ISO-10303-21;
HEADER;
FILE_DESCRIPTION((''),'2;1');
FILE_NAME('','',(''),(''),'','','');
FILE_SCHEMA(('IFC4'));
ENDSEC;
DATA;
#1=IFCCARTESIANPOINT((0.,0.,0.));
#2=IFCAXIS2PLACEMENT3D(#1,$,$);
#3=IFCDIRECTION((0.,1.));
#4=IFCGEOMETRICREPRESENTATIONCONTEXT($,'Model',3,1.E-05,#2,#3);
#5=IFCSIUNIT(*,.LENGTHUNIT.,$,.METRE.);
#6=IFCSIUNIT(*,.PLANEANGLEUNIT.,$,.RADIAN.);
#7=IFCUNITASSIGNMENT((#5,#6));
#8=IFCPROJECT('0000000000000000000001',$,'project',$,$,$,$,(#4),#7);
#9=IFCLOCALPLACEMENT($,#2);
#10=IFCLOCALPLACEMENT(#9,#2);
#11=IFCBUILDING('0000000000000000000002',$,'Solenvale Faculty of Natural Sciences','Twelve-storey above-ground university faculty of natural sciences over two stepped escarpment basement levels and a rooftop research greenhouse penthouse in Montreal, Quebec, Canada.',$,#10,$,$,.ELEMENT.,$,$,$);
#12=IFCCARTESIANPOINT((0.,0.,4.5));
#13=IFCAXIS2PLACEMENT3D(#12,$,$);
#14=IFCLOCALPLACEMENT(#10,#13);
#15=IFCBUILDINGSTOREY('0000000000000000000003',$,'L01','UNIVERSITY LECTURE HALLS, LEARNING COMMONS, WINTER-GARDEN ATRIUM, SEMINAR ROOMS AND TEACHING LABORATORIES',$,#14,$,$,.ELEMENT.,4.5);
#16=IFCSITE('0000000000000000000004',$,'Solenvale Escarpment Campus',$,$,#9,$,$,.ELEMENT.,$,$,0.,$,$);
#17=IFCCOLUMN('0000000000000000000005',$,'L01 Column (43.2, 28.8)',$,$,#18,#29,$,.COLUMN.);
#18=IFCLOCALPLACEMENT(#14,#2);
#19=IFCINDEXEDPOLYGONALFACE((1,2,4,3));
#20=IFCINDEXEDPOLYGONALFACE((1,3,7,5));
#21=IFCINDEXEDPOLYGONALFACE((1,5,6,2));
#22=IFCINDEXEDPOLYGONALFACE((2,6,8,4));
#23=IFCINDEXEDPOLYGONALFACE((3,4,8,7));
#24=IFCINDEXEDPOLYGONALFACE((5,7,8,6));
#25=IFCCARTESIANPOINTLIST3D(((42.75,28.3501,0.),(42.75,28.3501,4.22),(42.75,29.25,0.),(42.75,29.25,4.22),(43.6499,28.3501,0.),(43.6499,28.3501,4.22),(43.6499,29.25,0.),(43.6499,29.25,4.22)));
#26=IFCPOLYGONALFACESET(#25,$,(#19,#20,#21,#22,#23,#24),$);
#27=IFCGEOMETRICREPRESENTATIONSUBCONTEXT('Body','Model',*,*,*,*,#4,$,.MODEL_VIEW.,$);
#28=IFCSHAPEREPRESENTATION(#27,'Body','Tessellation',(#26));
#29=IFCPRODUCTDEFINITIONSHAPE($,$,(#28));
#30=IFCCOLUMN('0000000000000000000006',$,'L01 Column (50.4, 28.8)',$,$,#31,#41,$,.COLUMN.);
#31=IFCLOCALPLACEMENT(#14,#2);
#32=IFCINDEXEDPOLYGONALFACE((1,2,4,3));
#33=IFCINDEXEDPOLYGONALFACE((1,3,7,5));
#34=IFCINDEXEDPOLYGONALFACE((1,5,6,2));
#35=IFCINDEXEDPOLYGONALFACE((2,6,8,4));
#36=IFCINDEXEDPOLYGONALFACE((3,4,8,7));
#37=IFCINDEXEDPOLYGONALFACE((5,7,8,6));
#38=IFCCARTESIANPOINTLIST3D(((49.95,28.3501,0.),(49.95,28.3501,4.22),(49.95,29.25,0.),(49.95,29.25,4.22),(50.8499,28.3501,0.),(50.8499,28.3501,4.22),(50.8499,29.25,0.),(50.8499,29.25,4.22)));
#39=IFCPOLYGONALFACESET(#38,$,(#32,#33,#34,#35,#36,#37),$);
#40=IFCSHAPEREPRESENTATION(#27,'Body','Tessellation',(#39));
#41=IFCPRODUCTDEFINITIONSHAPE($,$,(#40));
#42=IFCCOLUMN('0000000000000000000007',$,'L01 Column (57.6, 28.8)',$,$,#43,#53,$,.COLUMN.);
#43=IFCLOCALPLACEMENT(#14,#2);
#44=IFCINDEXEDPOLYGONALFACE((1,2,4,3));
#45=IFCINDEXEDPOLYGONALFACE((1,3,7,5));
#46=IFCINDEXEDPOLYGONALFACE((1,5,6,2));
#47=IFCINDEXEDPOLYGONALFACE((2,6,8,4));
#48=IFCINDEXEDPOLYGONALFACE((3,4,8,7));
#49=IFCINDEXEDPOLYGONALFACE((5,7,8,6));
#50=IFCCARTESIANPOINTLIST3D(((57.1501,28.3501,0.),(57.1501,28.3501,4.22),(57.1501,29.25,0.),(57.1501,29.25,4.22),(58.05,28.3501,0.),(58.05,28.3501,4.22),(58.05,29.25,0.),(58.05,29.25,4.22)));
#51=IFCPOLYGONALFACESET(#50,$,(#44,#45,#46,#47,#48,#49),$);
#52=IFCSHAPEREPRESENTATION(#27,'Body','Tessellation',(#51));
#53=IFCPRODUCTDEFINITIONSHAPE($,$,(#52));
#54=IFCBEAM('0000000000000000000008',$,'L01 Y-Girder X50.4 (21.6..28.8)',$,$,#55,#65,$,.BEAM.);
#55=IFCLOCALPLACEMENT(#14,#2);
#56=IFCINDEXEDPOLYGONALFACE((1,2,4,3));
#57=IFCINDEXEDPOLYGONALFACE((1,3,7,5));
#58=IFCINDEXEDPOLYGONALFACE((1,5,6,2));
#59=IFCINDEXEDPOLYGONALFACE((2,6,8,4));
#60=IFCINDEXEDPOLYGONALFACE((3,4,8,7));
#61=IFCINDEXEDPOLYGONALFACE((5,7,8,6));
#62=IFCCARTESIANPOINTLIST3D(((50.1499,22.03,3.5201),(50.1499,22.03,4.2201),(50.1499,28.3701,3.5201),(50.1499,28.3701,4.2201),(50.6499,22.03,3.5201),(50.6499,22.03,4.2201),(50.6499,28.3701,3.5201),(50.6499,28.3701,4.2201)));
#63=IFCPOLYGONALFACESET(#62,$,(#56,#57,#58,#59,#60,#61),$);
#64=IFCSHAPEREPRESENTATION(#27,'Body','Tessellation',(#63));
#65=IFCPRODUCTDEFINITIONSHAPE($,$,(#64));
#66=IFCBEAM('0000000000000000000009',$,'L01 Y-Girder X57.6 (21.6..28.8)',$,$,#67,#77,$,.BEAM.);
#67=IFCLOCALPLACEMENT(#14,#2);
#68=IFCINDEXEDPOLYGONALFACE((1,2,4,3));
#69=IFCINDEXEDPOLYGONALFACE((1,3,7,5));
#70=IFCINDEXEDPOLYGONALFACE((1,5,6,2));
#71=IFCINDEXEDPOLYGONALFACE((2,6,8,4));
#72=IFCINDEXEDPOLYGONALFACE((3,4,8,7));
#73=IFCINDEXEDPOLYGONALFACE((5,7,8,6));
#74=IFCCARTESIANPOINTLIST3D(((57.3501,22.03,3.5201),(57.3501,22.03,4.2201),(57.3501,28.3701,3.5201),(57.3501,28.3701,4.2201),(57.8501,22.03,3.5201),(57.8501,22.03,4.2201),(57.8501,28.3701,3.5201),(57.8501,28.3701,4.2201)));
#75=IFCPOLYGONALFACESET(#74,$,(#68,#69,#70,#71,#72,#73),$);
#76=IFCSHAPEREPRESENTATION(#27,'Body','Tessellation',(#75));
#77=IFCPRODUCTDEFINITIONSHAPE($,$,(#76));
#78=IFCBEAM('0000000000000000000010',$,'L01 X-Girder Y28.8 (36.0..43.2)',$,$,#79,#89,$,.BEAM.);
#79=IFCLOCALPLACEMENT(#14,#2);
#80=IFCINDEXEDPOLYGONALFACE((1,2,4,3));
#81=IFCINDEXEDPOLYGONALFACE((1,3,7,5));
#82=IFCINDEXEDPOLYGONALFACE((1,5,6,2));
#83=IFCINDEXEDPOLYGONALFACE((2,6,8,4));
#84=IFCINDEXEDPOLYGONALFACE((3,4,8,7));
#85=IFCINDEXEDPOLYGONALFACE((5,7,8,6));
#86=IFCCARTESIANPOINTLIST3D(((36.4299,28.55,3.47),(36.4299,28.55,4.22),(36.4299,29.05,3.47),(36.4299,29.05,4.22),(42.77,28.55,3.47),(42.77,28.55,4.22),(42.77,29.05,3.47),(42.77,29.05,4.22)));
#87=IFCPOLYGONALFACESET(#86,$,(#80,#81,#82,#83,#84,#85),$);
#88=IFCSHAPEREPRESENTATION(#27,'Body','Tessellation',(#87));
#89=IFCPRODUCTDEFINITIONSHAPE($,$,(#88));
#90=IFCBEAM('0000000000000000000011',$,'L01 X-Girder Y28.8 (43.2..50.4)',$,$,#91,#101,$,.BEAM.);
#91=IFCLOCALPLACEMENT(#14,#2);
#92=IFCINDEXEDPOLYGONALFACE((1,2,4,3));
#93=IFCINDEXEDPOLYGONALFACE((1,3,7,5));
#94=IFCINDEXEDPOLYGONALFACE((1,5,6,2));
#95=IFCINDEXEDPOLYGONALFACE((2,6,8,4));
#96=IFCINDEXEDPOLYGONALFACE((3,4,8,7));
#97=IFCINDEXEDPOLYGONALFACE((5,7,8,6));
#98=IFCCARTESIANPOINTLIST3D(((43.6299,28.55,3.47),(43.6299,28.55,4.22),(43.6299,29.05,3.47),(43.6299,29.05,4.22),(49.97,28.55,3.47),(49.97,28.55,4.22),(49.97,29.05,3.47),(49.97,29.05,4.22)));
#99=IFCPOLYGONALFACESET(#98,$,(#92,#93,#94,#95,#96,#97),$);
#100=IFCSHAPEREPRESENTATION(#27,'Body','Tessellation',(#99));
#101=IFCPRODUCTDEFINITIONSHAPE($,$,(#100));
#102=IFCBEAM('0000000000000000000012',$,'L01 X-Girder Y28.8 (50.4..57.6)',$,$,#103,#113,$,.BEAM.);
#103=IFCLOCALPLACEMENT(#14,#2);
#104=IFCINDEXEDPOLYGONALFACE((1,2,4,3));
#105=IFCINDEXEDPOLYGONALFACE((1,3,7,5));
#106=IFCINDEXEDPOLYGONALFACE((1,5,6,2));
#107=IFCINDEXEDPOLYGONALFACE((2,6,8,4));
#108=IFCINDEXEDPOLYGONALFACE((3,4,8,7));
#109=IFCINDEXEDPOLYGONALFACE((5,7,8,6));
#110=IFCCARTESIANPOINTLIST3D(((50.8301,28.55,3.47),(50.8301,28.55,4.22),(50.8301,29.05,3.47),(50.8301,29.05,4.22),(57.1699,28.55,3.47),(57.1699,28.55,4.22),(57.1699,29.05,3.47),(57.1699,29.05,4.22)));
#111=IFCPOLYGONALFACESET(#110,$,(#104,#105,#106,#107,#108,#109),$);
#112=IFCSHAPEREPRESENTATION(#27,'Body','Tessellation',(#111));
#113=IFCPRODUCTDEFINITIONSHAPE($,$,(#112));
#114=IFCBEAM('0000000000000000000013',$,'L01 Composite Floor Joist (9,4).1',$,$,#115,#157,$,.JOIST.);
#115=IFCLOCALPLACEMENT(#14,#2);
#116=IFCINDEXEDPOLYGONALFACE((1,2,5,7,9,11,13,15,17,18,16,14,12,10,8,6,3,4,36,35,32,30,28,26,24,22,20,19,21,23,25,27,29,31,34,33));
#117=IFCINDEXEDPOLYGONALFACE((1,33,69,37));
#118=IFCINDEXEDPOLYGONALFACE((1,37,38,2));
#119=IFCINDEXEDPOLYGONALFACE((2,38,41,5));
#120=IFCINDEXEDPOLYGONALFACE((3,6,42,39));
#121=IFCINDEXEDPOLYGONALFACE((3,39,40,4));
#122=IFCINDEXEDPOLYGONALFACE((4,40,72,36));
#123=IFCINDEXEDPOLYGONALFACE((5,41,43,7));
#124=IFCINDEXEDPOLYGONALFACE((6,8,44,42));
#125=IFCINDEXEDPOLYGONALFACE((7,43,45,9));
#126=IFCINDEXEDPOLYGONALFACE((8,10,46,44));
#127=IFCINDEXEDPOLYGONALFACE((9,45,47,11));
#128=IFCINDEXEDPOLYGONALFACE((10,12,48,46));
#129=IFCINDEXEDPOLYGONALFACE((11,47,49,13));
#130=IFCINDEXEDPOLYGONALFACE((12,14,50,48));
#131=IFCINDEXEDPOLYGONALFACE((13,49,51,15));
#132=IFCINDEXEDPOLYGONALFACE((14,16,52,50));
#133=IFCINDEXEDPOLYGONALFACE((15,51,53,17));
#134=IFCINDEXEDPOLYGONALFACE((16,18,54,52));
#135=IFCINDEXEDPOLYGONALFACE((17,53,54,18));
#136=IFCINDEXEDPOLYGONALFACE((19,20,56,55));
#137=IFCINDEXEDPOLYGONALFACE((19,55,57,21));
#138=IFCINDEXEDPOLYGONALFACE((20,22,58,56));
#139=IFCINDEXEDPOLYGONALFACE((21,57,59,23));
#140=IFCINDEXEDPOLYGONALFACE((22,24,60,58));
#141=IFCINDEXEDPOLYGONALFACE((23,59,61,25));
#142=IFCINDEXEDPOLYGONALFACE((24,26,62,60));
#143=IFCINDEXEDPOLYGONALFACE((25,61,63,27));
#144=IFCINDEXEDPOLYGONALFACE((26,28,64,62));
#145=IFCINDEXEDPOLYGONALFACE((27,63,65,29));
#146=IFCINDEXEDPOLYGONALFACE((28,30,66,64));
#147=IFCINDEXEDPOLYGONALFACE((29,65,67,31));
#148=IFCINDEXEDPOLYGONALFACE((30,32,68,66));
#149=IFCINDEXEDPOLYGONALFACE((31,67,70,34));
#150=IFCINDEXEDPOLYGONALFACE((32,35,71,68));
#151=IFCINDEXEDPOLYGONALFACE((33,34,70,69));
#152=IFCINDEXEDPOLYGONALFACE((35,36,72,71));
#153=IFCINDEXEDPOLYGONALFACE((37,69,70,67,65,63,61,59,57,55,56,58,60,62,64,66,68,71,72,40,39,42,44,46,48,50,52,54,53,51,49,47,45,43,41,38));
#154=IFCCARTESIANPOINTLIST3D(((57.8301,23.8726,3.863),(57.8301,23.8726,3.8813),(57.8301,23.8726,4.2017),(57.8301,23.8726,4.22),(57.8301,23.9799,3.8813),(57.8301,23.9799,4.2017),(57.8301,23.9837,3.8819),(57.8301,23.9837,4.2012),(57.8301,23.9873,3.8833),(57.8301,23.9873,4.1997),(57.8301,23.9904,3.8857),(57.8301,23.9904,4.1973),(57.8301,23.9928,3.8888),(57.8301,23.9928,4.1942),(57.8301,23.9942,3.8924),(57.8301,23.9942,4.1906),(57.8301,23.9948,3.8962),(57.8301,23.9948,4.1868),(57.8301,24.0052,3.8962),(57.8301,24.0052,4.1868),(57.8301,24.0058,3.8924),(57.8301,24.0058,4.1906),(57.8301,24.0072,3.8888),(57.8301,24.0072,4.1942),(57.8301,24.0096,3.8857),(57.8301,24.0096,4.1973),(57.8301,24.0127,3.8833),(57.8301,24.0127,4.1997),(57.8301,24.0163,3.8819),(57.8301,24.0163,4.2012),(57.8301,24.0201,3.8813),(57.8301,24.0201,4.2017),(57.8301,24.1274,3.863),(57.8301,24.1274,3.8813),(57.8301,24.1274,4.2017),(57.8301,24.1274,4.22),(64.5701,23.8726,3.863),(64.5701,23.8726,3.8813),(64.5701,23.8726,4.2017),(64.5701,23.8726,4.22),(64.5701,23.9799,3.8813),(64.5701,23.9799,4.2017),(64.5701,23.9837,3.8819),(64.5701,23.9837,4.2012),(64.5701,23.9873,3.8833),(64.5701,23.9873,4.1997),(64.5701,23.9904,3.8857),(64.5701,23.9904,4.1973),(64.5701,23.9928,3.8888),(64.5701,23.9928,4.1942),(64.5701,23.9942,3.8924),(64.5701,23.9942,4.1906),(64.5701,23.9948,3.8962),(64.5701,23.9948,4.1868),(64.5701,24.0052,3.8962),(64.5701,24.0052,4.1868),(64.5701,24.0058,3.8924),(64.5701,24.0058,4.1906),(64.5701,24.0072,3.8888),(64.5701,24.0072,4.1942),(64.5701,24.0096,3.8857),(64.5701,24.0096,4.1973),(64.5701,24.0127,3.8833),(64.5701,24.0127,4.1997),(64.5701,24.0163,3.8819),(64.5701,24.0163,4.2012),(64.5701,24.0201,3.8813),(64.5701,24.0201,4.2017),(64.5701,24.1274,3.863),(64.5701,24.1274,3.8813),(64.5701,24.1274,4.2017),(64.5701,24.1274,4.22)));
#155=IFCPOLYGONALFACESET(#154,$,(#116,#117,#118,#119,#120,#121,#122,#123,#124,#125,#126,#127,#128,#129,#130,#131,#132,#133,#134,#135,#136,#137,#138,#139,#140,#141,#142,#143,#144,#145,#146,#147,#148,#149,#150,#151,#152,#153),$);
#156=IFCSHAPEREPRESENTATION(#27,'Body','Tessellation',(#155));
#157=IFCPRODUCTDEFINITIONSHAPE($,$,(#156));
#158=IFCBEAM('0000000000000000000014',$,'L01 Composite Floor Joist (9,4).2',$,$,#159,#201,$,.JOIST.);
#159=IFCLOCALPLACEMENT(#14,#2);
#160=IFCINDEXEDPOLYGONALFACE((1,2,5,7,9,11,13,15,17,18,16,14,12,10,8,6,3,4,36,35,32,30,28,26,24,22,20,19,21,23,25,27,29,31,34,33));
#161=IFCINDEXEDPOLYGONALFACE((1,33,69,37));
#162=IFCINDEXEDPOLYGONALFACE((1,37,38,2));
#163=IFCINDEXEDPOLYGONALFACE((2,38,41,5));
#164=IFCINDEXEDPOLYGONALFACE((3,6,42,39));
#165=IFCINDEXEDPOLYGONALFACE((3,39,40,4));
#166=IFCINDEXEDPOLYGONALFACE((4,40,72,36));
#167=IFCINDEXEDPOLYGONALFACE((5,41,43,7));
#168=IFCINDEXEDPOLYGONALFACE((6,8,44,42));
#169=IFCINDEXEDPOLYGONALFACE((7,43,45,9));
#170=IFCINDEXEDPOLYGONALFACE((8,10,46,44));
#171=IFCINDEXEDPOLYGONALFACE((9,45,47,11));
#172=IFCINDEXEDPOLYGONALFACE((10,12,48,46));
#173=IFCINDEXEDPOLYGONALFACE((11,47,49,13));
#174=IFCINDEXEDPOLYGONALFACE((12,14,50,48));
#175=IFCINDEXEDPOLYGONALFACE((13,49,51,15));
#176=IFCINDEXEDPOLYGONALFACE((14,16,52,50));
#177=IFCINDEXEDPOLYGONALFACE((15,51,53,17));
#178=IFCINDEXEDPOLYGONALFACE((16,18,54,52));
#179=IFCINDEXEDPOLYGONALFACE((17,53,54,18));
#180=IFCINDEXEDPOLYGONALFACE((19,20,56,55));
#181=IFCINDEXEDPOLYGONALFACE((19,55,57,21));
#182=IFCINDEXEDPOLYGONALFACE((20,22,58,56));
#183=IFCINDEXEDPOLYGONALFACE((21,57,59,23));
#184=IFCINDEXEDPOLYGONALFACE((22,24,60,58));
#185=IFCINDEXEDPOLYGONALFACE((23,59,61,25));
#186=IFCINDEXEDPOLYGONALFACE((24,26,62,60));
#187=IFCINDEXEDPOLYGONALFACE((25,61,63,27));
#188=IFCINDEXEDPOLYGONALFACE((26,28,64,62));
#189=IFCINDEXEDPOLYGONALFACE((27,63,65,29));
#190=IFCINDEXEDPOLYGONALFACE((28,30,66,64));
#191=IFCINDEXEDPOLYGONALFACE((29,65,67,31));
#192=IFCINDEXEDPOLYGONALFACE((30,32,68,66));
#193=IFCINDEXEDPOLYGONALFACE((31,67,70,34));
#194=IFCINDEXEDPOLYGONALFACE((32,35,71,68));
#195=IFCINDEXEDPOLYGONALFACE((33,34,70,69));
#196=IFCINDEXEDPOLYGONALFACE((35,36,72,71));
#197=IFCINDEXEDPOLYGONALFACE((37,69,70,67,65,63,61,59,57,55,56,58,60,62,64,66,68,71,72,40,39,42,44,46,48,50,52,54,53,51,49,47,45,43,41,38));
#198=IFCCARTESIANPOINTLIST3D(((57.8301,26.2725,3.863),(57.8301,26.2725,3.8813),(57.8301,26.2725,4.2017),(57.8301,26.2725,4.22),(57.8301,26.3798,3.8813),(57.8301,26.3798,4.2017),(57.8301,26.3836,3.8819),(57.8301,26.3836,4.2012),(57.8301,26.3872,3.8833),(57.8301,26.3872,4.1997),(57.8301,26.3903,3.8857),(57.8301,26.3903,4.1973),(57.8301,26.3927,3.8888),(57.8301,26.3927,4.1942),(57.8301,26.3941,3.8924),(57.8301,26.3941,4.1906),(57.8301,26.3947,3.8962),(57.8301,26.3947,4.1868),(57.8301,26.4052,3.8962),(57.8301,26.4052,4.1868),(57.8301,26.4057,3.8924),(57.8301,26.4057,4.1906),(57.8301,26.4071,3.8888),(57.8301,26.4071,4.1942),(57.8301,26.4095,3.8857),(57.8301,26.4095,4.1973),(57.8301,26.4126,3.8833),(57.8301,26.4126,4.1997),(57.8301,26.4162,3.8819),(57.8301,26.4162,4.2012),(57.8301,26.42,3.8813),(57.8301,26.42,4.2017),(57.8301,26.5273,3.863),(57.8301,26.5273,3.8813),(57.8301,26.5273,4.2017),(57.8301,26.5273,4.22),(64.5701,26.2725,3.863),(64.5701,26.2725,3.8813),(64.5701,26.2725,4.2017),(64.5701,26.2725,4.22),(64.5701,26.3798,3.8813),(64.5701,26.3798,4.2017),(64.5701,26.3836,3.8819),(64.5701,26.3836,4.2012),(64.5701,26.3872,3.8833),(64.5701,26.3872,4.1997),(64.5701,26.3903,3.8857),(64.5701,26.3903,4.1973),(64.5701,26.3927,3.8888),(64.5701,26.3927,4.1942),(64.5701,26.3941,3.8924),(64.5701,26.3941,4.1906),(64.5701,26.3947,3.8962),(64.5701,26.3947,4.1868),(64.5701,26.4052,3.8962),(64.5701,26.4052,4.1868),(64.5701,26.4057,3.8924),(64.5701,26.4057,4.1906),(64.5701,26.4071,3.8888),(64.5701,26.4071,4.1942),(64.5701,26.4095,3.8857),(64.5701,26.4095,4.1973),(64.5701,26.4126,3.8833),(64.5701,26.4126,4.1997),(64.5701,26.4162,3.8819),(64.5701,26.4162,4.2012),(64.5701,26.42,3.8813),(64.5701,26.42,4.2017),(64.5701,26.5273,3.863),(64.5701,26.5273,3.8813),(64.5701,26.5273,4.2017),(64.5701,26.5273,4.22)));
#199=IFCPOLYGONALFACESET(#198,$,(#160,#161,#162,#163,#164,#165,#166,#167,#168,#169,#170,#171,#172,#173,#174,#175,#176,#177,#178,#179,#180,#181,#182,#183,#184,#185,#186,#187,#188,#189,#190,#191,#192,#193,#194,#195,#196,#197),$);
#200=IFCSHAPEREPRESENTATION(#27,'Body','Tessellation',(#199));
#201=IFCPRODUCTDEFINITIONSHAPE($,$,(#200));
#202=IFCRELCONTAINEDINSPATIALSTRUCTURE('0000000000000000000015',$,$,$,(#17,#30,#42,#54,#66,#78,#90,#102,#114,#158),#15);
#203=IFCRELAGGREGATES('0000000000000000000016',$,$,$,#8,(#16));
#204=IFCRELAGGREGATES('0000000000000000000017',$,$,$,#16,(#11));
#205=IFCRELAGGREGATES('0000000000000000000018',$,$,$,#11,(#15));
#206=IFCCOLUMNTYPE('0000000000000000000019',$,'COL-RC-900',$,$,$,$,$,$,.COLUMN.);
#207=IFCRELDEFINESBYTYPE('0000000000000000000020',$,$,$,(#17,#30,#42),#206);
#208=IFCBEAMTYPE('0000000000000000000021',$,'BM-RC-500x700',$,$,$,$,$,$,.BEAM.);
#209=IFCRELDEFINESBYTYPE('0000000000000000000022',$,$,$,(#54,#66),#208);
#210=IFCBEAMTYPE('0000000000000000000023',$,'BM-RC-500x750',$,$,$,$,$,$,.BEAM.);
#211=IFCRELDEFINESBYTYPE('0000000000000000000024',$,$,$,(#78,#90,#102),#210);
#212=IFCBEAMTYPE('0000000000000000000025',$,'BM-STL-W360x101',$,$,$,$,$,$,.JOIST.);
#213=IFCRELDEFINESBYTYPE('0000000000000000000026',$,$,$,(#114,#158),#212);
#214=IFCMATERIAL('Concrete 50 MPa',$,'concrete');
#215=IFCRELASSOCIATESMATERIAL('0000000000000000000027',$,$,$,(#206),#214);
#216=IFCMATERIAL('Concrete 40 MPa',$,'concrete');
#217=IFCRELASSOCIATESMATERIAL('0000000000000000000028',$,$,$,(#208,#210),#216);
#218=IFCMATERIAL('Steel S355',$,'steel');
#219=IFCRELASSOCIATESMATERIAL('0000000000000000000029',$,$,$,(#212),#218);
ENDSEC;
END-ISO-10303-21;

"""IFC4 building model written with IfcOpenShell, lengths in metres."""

from ifc_helpers import new_model, si_unit, direction, frame, origin, origin_2d, place, context, subcontext, project, spatial, rectangle, i_section, extrude, material, material_profile, profile_set, type_object, element, save


model = new_model("IFC4")

# Units and contexts
model_context = context("Model", 3, precision=1e-05, world=origin(), true_north=direction((0.0, 1.0)))
body_context = subcontext(model_context, "Body", "Model", "MODEL_VIEW")
ifc_project = project(units=[si_unit("LENGTHUNIT", "METRE"), si_unit("PLANEANGLEUNIT", "RADIAN")], contexts=[model_context])

# Site, building, storey
site_placement = place(None, origin())
site = spatial("IfcSite", under=ifc_project, at=site_placement, Name="Solenvale Escarpment Campus", CompositionType="ELEMENT", RefElevation=0.0)
building_placement = place(site_placement, origin())
building = spatial("IfcBuilding", under=site, at=building_placement, Name="Solenvale Faculty of Natural Sciences", Description="Twelve-storey above-ground university faculty of natural sciences over two stepped escarpment basement levels and a rooftop research greenhouse penthouse in Montreal, Quebec, Canada.", CompositionType="ELEMENT")
storey_placement = place(building_placement, frame((0.0, 0.0, 4.5)))
storey = spatial("IfcBuildingStorey", under=building, at=storey_placement, Name="L01", Description="UNIVERSITY LECTURE HALLS, LEARNING COMMONS, WINTER-GARDEN ATRIUM, SEMINAR ROOMS AND TEACHING LABORATORIES", CompositionType="ELEMENT", Elevation=4.5)

# Columns
ifc_material_1 = material(Name="Concrete 50 MPa", Category="concrete")
ifc_material_profile_1 = material_profile(ifc_material_1, rectangle(XDim=0.8999, YDim=0.8999, at=origin_2d()), Name="RC-COL-900x900")
ifc_profile_set_1 = profile_set([ifc_material_profile_1], Name="Concrete 50 MPa")
column_type = type_object("IfcColumnType", Name="COL-RC-900", PredefinedType="COLUMN", material=ifc_profile_set_1)
for number, where, z_axis, x_axis, name in (
    (1, (43.2, 28.8, 0.0), (0.0, 0.0, 1.0), (1.0, 0.0, 0.0), "L01 Column (43.2, 28.8)"),
    (2, (50.3999, 28.8, 0.0), (0.0, 0.0, 1.0), (1.0, 0.0, 0.0), "L01 Column (50.4, 28.8)"),
    (3, (57.6001, 28.8, 0.0), (0.0, 0.0, 1.0), (1.0, 0.0, 0.0), "L01 Column (57.6, 28.8)"),
):
    element("IfcColumn", number, at=place(storey_placement, frame(where, z_axis=z_axis, x_axis=x_axis)), inside=storey, type_object=column_type, Name=name, PredefinedType="COLUMN", context=body_context, shape_type="SweptSolid", body=[
        extrude(rectangle(XDim=0.8999, YDim=0.8999, at=origin_2d()), origin(), (0.0, 0.0, 1.0), 4.22),
    ])

# Beams
ifc_material_2 = material(Name="Concrete 40 MPa", Category="concrete")
ifc_material_profile_2 = material_profile(ifc_material_2, rectangle(XDim=0.5, YDim=0.7, at=origin_2d()), Name="RC-BM-500x700")
ifc_profile_set_2 = profile_set([ifc_material_profile_2], Name="Concrete 40 MPa")
beam_type_1 = type_object("IfcBeamType", Name="BM-RC-500x700", PredefinedType="BEAM", material=ifc_profile_set_2)
for number, where, z_axis, x_axis, name in (
    (4, (50.3999, 22.03, 3.8701), (0.0, 1.0, 0.0), (-1.0, 0.0, 0.0), "L01 Y-Girder X50.4 (21.6..28.8)"),
    (5, (57.6001, 22.03, 3.8701), (0.0, 1.0, 0.0), (-1.0, 0.0, 0.0), "L01 Y-Girder X57.6 (21.6..28.8)"),
):
    element("IfcBeam", number, at=place(storey_placement, frame(where, z_axis=z_axis, x_axis=x_axis)), inside=storey, type_object=beam_type_1, Name=name, PredefinedType="BEAM", context=body_context, shape_type="SweptSolid", body=[
        extrude(rectangle(XDim=0.5, YDim=0.7, at=origin_2d()), origin(), (0.0, 0.0, 1.0), 6.3401),
    ])
ifc_material_profile_3 = material_profile(ifc_material_2, rectangle(XDim=0.5, YDim=0.75, at=origin_2d()), Name="RC-BM-500x750")
ifc_profile_set_3 = profile_set([ifc_material_profile_3], Name="Concrete 40 MPa")
beam_type_2 = type_object("IfcBeamType", Name="BM-RC-500x750", PredefinedType="BEAM", material=ifc_profile_set_3)
for number, where, z_axis, x_axis, name in (
    (6, (36.4299, 28.8, 3.845), (1.0, 0.0, 0.0), (0.0, 1.0, 0.0), "L01 X-Girder Y28.8 (36.0..43.2)"),
    (7, (43.6299, 28.8, 3.845), (1.0, 0.0, 0.0), (0.0, 1.0, 0.0), "L01 X-Girder Y28.8 (43.2..50.4)"),
):
    element("IfcBeam", number, at=place(storey_placement, frame(where, z_axis=z_axis, x_axis=x_axis)), inside=storey, type_object=beam_type_2, Name=name, PredefinedType="BEAM", context=body_context, shape_type="SweptSolid", body=[
        extrude(rectangle(XDim=0.5, YDim=0.75, at=origin_2d()), origin(), (0.0, 0.0, 1.0), 6.3401),
    ])
beam_placement = place(storey_placement, frame((50.8301, 28.8, 3.845), z_axis=(1.0, 0.0, 0.0), x_axis=(0.0, 1.0, 0.0)))
element("IfcBeam", 8, at=beam_placement, inside=storey, type_object=beam_type_2, Name="L01 X-Girder Y28.8 (50.4..57.6)", PredefinedType="BEAM", context=body_context, shape_type="SweptSolid", body=[
    extrude(rectangle(XDim=0.5, YDim=0.75, at=origin_2d()), origin(), (0.0, 0.0, 1.0), 6.3398),
])
ifc_material_3 = material(Name="Steel S355", Category="steel")
ifc_material_profile_4 = material_profile(ifc_material_3, i_section(OverallWidth=0.2549, OverallDepth=0.3569, WebThickness=0.0105, FlangeThickness=0.0183, FilletRadius=0.0149, at=origin_2d()), Name="W360x101")
ifc_profile_set_4 = profile_set([ifc_material_profile_4], Name="Steel S355")
beam_type_3 = type_object("IfcBeamType", Name="BM-STL-W360x101", PredefinedType="JOIST", material=ifc_profile_set_4)
for number, where, z_axis, x_axis, name in (
    (9, (57.8301, 24.0, 4.0415), (1.0, 0.0, 0.0), (0.0, 1.0, 0.0), "L01 Composite Floor Joist (9,4).1"),
    (10, (57.8301, 26.3999, 4.0415), (1.0, 0.0, 0.0), (0.0, 1.0, 0.0), "L01 Composite Floor Joist (9,4).2"),
):
    element("IfcBeam", number, at=place(storey_placement, frame(where, z_axis=z_axis, x_axis=x_axis)), inside=storey, type_object=beam_type_3, Name=name, PredefinedType="JOIST", context=body_context, shape_type="SweptSolid", body=[
        extrude(i_section(OverallWidth=0.2549, OverallDepth=0.3569, WebThickness=0.0105, FlangeThickness=0.0183, FilletRadius=0.0149, at=origin_2d()), origin(), (0.0, 0.0, 1.0), 6.74),
    ])

save(model, "model.ifc")
